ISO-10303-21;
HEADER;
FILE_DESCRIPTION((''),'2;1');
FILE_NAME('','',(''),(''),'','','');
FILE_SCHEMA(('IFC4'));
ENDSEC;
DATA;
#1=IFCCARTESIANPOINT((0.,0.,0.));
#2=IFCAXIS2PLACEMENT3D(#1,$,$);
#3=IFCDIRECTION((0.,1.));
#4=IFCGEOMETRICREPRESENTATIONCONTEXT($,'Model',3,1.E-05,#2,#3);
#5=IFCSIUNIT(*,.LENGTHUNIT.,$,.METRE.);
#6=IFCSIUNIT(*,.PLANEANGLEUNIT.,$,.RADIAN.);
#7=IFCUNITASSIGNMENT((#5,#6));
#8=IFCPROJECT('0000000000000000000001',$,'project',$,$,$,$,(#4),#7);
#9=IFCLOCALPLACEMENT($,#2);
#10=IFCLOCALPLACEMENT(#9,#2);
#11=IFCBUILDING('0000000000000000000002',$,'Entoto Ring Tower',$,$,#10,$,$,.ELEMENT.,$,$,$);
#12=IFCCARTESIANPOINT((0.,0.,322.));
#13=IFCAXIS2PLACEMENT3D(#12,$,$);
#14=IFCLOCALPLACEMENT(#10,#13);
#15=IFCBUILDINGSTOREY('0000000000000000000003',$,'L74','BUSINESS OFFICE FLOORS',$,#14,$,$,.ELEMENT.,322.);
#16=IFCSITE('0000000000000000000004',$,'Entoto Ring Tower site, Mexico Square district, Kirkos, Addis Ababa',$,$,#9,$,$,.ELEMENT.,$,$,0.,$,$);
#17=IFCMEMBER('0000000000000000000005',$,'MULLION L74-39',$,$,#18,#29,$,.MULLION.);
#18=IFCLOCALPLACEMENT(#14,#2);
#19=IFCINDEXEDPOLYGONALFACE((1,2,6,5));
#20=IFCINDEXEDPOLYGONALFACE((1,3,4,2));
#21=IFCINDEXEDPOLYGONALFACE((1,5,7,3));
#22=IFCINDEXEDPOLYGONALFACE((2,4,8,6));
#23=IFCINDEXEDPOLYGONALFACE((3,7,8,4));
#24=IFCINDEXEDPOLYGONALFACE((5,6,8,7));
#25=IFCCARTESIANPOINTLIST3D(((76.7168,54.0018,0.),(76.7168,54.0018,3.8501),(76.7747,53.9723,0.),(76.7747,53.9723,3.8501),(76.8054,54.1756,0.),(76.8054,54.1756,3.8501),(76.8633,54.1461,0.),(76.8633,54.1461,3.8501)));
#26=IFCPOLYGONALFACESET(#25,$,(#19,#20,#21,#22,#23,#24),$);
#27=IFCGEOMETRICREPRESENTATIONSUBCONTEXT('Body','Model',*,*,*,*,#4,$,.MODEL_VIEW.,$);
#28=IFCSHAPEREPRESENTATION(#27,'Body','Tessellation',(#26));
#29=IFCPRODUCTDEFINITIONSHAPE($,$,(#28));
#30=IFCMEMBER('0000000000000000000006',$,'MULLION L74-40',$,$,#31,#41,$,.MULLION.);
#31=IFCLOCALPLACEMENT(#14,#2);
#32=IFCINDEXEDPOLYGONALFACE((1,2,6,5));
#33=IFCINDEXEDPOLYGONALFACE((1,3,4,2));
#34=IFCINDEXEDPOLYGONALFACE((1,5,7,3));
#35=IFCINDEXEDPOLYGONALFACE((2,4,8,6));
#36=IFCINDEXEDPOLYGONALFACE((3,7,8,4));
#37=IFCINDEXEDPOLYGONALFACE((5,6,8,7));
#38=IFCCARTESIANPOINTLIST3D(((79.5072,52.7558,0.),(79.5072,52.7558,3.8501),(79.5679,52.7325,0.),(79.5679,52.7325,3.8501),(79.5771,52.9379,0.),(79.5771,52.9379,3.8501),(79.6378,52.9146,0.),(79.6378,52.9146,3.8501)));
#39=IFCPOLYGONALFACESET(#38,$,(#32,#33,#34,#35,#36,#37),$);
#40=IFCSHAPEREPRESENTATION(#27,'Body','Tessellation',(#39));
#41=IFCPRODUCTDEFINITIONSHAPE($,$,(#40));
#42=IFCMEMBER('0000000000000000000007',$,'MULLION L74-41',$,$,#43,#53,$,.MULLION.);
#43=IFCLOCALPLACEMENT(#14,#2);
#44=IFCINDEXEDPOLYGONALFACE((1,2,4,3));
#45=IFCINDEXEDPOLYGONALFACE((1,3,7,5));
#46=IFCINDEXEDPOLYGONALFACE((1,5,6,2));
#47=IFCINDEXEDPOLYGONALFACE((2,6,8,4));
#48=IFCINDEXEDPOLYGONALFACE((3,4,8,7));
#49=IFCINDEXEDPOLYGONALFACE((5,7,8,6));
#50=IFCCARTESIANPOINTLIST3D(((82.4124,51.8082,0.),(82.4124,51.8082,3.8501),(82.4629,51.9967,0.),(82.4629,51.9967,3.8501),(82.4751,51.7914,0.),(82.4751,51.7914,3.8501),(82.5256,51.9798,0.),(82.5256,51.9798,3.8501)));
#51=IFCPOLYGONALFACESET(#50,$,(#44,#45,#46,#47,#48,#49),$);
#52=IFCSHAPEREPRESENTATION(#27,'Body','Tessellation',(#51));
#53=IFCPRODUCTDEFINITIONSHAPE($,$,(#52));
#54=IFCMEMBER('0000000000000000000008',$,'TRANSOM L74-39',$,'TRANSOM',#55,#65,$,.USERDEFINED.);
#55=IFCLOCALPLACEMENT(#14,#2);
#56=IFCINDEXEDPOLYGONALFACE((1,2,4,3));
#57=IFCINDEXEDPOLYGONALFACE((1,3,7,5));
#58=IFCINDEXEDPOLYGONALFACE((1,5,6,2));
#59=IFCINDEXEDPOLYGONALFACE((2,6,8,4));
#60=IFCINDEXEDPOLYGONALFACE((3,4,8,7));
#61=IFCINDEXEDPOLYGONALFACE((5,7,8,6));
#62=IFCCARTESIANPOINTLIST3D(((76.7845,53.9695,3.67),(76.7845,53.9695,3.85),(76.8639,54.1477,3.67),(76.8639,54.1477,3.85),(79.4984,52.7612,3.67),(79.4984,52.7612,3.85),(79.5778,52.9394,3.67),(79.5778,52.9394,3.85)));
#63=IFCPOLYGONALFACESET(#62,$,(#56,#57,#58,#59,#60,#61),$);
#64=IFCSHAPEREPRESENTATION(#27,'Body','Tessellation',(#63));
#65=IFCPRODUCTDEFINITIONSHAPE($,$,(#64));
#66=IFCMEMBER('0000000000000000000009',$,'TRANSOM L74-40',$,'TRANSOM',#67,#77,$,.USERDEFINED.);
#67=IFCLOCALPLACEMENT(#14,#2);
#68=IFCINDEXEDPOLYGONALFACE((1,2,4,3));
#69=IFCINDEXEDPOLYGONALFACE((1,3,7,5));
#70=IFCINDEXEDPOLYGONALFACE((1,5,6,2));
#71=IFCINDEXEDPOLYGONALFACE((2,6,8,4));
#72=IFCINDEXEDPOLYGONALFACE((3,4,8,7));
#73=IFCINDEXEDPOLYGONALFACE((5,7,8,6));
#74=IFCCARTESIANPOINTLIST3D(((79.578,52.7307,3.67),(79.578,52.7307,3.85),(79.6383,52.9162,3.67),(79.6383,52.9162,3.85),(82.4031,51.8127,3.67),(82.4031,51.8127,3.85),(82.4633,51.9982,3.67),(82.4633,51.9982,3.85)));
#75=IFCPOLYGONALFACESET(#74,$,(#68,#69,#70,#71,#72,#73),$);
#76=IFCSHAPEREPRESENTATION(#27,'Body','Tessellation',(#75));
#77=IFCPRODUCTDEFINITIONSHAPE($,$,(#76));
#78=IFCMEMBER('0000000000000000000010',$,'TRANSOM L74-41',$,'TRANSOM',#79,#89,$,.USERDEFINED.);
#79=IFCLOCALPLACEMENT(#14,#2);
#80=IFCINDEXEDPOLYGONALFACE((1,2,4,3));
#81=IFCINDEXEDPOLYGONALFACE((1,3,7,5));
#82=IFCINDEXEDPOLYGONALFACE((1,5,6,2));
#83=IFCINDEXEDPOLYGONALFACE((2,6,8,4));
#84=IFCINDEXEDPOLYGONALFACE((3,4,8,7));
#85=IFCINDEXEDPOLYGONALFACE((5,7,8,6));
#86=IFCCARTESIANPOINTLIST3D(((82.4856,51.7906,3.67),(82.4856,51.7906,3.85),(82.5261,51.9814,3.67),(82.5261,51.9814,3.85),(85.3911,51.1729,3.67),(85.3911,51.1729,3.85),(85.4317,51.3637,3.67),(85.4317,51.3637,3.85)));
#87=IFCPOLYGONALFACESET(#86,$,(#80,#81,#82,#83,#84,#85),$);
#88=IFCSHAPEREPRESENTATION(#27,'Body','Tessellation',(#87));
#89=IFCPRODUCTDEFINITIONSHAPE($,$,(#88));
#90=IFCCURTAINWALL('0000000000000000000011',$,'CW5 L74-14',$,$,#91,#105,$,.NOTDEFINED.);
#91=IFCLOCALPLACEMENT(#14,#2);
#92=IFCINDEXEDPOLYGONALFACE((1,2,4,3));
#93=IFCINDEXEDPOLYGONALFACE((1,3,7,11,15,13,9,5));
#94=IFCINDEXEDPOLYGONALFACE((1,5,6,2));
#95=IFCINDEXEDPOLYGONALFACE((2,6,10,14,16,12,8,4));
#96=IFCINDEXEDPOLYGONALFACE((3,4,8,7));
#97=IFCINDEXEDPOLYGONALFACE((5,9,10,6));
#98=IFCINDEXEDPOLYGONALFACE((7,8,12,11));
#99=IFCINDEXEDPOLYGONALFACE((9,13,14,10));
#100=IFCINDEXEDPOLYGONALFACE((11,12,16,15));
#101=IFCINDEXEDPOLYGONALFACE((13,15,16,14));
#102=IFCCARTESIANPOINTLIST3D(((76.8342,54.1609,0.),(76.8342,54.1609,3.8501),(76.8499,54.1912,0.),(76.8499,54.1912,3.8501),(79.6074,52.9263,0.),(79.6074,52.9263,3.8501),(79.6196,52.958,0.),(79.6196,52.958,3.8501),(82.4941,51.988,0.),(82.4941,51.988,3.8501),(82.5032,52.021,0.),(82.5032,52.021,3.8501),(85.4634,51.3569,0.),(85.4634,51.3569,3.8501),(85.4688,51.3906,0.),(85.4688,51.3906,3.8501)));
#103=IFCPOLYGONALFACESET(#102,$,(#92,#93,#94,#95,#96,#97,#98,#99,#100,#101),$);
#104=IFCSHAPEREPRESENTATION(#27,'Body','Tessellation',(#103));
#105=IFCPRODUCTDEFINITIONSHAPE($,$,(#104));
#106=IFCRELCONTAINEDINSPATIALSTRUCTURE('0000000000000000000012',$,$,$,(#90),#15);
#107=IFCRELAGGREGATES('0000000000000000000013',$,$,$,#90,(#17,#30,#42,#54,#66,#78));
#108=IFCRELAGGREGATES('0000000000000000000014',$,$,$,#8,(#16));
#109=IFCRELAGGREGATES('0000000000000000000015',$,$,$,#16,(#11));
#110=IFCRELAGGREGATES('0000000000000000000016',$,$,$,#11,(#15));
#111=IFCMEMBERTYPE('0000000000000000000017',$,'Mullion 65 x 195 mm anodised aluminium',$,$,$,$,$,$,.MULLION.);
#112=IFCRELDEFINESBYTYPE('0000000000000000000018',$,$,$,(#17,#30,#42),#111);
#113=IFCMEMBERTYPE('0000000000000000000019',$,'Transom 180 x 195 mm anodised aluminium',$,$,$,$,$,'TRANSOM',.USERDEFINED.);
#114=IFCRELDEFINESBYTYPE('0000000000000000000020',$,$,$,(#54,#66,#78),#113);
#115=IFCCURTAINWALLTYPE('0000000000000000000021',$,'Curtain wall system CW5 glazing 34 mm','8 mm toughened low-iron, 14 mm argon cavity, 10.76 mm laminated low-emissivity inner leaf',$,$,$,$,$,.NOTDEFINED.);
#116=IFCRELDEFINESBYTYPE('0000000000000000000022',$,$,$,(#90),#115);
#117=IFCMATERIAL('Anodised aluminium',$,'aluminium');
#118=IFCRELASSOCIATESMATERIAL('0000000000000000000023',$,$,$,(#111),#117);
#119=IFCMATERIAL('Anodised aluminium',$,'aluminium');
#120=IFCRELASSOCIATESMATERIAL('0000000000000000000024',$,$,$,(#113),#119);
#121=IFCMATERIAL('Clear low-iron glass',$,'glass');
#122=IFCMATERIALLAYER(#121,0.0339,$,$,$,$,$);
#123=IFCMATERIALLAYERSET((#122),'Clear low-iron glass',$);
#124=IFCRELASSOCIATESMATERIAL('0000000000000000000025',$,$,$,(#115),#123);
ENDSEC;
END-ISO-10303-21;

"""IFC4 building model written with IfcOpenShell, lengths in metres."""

from ifc_helpers import new_model, si_unit, direction, frame, origin, origin_2d, place, context, subcontext, project, spatial, polyline, rectangle, outline, extrude, material, layer, layer_set, material_profile, profile_set, type_object, element, aggregate, save


model = new_model("IFC4")

# Units and contexts
model_context = context("Model", 3, precision=1e-05, world=origin(), true_north=direction((0.0, 1.0)))
body_context = subcontext(model_context, "Body", "Model", "MODEL_VIEW")
ifc_project = project(units=[si_unit("LENGTHUNIT", "METRE"), si_unit("PLANEANGLEUNIT", "RADIAN")], contexts=[model_context])

# Members
ifc_material_1 = material(Name="Anodised aluminium", Category="aluminium")
ifc_material_profile_1 = material_profile(ifc_material_1, rectangle(XDim=0.0649, YDim=0.1951, at=origin_2d()), Name="Mullion 65 x 195 mm anodised aluminium")
ifc_profile_set_1 = profile_set([ifc_material_profile_1], Name="Anodised aluminium")
member_type_1 = type_object("IfcMemberType", Name="Mullion 65 x 195 mm anodised aluminium", PredefinedType="MULLION", material=ifc_profile_set_1)
site_placement = place(None, origin())
building_placement = place(site_placement, origin())
storey_placement = place(building_placement, frame((0.0, 0.0, 322.0)))
member_1_placement = place(storey_placement, frame((76.79, 54.074, 0.0), z_axis=(0.0, 0.0, 1.0), x_axis=(0.891007, -0.45399, 0.0)))
member_1 = element("IfcMember", 1, at=member_1_placement, type_object=member_type_1, Name="MULLION L74-39", PredefinedType="MULLION", context=body_context, shape_type="SweptSolid", body=[
    extrude(rectangle(XDim=0.0649, YDim=0.1951, at=origin_2d()), origin(), (0.0, 0.0, 1.0), 3.8501),
])
member_2_placement = place(storey_placement, frame((79.5725, 52.8352, 0.0), z_axis=(0.0, 0.0, 1.0), x_axis=(0.93358, -0.358368, 0.0)))
member_2 = element("IfcMember", 2, at=member_2_placement, type_object=member_type_1, Name="MULLION L74-40", PredefinedType="MULLION", context=body_context, shape_type="SweptSolid", body=[
    extrude(rectangle(XDim=0.0649, YDim=0.1951, at=origin_2d()), origin(), (0.0, 0.0, 1.0), 3.8501),
])
member_3_placement = place(storey_placement, frame((82.469, 51.894, 0.0), z_axis=(0.0, 0.0, 1.0), x_axis=(0.965926, -0.258819, 0.0)))
member_3 = element("IfcMember", 3, at=member_3_placement, type_object=member_type_1, Name="MULLION L74-41", PredefinedType="MULLION", context=body_context, shape_type="SweptSolid", body=[
    extrude(rectangle(XDim=0.0649, YDim=0.1951, at=origin_2d()), origin(), (0.0, 0.0, 1.0), 3.8501),
])
ifc_material_2 = material(Name="Anodised aluminium", Category="aluminium")
ifc_material_profile_2 = material_profile(ifc_material_2, rectangle(XDim=0.1951, YDim=0.1799, at=origin_2d()), Name="Transom 180 x 195 mm anodised aluminium")
ifc_profile_set_2 = profile_set([ifc_material_profile_2], Name="Anodised aluminium")
member_type_2 = type_object("IfcMemberType", Name="Transom 180 x 195 mm anodised aluminium", ElementType="TRANSOM", PredefinedType="USERDEFINED", material=ifc_profile_set_2)
member_4_placement = place(storey_placement, frame((76.8242, 54.0586, 3.76), z_axis=(0.91355, -0.406726, 0.0), x_axis=(0.406726, 0.91355, 0.0)))
member_4 = element("IfcMember", 4, at=member_4_placement, type_object=member_type_2, Name="TRANSOM L74-39", ObjectType="TRANSOM", PredefinedType="USERDEFINED", context=body_context, shape_type="SweptSolid", body=[
    extrude(rectangle(XDim=0.1951, YDim=0.1799, at=origin_2d()), origin(), (0.0, 0.0, 1.0), 2.9707),
])
member_5_placement = place(storey_placement, frame((79.6082, 52.8235, 3.76), z_axis=(0.951048, -0.309043, 0.0), x_axis=(0.309043, 0.951048, 0.0)))
member_5 = element("IfcMember", 5, at=member_5_placement, type_object=member_type_2, Name="TRANSOM L74-40", ObjectType="TRANSOM", PredefinedType="USERDEFINED", context=body_context, shape_type="SweptSolid", body=[
    extrude(rectangle(XDim=0.1951, YDim=0.1799, at=origin_2d()), origin(), (0.0, 0.0, 1.0), 2.9705),
])
member_6_placement = place(storey_placement, frame((82.5059, 51.886, 3.76), z_axis=(0.978142, -0.20794, 0.0), x_axis=(0.20794, 0.978142, 0.0)))
member_6 = element("IfcMember", 6, at=member_6_placement, type_object=member_type_2, Name="TRANSOM L74-41", ObjectType="TRANSOM", PredefinedType="USERDEFINED", context=body_context, shape_type="SweptSolid", body=[
    extrude(rectangle(XDim=0.1951, YDim=0.1799, at=origin_2d()), origin(), (0.0, 0.0, 1.0), 2.9705),
])

# Site, building, storey
site = spatial("IfcSite", under=ifc_project, at=site_placement, Name="Entoto Ring Tower site, Mexico Square district, Kirkos, Addis Ababa", CompositionType="ELEMENT", RefElevation=0.0)
building = spatial("IfcBuilding", under=site, at=building_placement, Name="Entoto Ring Tower", CompositionType="ELEMENT")
storey = spatial("IfcBuildingStorey", under=building, at=storey_placement, Name="L74", Description="BUSINESS OFFICE FLOORS", CompositionType="ELEMENT", Elevation=322.0)

# Curtain wall
ifc_material_3 = material(Name="Clear low-iron glass", Category="glass")
ifc_layer = layer(ifc_material_3, 0.0339)
ifc_layer_set = layer_set([ifc_layer], Name="Clear low-iron glass")
curtain_wall_type = type_object("IfcCurtainWallType", Name="Curtain wall system CW5 glazing 34 mm", Description="8 mm toughened low-iron, 14 mm argon cavity, 10.76 mm laminated low-emissivity inner leaf", PredefinedType="NOTDEFINED", material=ifc_layer_set)
curtain_wall_1_placement = place(storey_placement, origin())
curtain_wall_1 = element("IfcCurtainWall", 7, at=curtain_wall_1_placement, inside=storey, type_object=curtain_wall_type, Name="CW5 L74-14", PredefinedType="NOTDEFINED", context=body_context, shape_type="SweptSolid", body=[
    extrude(outline(polyline([(76.8342, 54.1609), (79.6074, 52.9263), (82.4941, 51.988), (85.4634, 51.3569), (85.4688, 51.3906), (82.5032, 52.021), (79.6196, 52.958), (76.8499, 54.1912), (76.8342, 54.1609)])), origin(), (0.0, 0.0, 1.0), 3.8501),
])
aggregate(curtain_wall_1, [member_1, member_2, member_3, member_4, member_5, member_6])

save(model, "model.ifc")
